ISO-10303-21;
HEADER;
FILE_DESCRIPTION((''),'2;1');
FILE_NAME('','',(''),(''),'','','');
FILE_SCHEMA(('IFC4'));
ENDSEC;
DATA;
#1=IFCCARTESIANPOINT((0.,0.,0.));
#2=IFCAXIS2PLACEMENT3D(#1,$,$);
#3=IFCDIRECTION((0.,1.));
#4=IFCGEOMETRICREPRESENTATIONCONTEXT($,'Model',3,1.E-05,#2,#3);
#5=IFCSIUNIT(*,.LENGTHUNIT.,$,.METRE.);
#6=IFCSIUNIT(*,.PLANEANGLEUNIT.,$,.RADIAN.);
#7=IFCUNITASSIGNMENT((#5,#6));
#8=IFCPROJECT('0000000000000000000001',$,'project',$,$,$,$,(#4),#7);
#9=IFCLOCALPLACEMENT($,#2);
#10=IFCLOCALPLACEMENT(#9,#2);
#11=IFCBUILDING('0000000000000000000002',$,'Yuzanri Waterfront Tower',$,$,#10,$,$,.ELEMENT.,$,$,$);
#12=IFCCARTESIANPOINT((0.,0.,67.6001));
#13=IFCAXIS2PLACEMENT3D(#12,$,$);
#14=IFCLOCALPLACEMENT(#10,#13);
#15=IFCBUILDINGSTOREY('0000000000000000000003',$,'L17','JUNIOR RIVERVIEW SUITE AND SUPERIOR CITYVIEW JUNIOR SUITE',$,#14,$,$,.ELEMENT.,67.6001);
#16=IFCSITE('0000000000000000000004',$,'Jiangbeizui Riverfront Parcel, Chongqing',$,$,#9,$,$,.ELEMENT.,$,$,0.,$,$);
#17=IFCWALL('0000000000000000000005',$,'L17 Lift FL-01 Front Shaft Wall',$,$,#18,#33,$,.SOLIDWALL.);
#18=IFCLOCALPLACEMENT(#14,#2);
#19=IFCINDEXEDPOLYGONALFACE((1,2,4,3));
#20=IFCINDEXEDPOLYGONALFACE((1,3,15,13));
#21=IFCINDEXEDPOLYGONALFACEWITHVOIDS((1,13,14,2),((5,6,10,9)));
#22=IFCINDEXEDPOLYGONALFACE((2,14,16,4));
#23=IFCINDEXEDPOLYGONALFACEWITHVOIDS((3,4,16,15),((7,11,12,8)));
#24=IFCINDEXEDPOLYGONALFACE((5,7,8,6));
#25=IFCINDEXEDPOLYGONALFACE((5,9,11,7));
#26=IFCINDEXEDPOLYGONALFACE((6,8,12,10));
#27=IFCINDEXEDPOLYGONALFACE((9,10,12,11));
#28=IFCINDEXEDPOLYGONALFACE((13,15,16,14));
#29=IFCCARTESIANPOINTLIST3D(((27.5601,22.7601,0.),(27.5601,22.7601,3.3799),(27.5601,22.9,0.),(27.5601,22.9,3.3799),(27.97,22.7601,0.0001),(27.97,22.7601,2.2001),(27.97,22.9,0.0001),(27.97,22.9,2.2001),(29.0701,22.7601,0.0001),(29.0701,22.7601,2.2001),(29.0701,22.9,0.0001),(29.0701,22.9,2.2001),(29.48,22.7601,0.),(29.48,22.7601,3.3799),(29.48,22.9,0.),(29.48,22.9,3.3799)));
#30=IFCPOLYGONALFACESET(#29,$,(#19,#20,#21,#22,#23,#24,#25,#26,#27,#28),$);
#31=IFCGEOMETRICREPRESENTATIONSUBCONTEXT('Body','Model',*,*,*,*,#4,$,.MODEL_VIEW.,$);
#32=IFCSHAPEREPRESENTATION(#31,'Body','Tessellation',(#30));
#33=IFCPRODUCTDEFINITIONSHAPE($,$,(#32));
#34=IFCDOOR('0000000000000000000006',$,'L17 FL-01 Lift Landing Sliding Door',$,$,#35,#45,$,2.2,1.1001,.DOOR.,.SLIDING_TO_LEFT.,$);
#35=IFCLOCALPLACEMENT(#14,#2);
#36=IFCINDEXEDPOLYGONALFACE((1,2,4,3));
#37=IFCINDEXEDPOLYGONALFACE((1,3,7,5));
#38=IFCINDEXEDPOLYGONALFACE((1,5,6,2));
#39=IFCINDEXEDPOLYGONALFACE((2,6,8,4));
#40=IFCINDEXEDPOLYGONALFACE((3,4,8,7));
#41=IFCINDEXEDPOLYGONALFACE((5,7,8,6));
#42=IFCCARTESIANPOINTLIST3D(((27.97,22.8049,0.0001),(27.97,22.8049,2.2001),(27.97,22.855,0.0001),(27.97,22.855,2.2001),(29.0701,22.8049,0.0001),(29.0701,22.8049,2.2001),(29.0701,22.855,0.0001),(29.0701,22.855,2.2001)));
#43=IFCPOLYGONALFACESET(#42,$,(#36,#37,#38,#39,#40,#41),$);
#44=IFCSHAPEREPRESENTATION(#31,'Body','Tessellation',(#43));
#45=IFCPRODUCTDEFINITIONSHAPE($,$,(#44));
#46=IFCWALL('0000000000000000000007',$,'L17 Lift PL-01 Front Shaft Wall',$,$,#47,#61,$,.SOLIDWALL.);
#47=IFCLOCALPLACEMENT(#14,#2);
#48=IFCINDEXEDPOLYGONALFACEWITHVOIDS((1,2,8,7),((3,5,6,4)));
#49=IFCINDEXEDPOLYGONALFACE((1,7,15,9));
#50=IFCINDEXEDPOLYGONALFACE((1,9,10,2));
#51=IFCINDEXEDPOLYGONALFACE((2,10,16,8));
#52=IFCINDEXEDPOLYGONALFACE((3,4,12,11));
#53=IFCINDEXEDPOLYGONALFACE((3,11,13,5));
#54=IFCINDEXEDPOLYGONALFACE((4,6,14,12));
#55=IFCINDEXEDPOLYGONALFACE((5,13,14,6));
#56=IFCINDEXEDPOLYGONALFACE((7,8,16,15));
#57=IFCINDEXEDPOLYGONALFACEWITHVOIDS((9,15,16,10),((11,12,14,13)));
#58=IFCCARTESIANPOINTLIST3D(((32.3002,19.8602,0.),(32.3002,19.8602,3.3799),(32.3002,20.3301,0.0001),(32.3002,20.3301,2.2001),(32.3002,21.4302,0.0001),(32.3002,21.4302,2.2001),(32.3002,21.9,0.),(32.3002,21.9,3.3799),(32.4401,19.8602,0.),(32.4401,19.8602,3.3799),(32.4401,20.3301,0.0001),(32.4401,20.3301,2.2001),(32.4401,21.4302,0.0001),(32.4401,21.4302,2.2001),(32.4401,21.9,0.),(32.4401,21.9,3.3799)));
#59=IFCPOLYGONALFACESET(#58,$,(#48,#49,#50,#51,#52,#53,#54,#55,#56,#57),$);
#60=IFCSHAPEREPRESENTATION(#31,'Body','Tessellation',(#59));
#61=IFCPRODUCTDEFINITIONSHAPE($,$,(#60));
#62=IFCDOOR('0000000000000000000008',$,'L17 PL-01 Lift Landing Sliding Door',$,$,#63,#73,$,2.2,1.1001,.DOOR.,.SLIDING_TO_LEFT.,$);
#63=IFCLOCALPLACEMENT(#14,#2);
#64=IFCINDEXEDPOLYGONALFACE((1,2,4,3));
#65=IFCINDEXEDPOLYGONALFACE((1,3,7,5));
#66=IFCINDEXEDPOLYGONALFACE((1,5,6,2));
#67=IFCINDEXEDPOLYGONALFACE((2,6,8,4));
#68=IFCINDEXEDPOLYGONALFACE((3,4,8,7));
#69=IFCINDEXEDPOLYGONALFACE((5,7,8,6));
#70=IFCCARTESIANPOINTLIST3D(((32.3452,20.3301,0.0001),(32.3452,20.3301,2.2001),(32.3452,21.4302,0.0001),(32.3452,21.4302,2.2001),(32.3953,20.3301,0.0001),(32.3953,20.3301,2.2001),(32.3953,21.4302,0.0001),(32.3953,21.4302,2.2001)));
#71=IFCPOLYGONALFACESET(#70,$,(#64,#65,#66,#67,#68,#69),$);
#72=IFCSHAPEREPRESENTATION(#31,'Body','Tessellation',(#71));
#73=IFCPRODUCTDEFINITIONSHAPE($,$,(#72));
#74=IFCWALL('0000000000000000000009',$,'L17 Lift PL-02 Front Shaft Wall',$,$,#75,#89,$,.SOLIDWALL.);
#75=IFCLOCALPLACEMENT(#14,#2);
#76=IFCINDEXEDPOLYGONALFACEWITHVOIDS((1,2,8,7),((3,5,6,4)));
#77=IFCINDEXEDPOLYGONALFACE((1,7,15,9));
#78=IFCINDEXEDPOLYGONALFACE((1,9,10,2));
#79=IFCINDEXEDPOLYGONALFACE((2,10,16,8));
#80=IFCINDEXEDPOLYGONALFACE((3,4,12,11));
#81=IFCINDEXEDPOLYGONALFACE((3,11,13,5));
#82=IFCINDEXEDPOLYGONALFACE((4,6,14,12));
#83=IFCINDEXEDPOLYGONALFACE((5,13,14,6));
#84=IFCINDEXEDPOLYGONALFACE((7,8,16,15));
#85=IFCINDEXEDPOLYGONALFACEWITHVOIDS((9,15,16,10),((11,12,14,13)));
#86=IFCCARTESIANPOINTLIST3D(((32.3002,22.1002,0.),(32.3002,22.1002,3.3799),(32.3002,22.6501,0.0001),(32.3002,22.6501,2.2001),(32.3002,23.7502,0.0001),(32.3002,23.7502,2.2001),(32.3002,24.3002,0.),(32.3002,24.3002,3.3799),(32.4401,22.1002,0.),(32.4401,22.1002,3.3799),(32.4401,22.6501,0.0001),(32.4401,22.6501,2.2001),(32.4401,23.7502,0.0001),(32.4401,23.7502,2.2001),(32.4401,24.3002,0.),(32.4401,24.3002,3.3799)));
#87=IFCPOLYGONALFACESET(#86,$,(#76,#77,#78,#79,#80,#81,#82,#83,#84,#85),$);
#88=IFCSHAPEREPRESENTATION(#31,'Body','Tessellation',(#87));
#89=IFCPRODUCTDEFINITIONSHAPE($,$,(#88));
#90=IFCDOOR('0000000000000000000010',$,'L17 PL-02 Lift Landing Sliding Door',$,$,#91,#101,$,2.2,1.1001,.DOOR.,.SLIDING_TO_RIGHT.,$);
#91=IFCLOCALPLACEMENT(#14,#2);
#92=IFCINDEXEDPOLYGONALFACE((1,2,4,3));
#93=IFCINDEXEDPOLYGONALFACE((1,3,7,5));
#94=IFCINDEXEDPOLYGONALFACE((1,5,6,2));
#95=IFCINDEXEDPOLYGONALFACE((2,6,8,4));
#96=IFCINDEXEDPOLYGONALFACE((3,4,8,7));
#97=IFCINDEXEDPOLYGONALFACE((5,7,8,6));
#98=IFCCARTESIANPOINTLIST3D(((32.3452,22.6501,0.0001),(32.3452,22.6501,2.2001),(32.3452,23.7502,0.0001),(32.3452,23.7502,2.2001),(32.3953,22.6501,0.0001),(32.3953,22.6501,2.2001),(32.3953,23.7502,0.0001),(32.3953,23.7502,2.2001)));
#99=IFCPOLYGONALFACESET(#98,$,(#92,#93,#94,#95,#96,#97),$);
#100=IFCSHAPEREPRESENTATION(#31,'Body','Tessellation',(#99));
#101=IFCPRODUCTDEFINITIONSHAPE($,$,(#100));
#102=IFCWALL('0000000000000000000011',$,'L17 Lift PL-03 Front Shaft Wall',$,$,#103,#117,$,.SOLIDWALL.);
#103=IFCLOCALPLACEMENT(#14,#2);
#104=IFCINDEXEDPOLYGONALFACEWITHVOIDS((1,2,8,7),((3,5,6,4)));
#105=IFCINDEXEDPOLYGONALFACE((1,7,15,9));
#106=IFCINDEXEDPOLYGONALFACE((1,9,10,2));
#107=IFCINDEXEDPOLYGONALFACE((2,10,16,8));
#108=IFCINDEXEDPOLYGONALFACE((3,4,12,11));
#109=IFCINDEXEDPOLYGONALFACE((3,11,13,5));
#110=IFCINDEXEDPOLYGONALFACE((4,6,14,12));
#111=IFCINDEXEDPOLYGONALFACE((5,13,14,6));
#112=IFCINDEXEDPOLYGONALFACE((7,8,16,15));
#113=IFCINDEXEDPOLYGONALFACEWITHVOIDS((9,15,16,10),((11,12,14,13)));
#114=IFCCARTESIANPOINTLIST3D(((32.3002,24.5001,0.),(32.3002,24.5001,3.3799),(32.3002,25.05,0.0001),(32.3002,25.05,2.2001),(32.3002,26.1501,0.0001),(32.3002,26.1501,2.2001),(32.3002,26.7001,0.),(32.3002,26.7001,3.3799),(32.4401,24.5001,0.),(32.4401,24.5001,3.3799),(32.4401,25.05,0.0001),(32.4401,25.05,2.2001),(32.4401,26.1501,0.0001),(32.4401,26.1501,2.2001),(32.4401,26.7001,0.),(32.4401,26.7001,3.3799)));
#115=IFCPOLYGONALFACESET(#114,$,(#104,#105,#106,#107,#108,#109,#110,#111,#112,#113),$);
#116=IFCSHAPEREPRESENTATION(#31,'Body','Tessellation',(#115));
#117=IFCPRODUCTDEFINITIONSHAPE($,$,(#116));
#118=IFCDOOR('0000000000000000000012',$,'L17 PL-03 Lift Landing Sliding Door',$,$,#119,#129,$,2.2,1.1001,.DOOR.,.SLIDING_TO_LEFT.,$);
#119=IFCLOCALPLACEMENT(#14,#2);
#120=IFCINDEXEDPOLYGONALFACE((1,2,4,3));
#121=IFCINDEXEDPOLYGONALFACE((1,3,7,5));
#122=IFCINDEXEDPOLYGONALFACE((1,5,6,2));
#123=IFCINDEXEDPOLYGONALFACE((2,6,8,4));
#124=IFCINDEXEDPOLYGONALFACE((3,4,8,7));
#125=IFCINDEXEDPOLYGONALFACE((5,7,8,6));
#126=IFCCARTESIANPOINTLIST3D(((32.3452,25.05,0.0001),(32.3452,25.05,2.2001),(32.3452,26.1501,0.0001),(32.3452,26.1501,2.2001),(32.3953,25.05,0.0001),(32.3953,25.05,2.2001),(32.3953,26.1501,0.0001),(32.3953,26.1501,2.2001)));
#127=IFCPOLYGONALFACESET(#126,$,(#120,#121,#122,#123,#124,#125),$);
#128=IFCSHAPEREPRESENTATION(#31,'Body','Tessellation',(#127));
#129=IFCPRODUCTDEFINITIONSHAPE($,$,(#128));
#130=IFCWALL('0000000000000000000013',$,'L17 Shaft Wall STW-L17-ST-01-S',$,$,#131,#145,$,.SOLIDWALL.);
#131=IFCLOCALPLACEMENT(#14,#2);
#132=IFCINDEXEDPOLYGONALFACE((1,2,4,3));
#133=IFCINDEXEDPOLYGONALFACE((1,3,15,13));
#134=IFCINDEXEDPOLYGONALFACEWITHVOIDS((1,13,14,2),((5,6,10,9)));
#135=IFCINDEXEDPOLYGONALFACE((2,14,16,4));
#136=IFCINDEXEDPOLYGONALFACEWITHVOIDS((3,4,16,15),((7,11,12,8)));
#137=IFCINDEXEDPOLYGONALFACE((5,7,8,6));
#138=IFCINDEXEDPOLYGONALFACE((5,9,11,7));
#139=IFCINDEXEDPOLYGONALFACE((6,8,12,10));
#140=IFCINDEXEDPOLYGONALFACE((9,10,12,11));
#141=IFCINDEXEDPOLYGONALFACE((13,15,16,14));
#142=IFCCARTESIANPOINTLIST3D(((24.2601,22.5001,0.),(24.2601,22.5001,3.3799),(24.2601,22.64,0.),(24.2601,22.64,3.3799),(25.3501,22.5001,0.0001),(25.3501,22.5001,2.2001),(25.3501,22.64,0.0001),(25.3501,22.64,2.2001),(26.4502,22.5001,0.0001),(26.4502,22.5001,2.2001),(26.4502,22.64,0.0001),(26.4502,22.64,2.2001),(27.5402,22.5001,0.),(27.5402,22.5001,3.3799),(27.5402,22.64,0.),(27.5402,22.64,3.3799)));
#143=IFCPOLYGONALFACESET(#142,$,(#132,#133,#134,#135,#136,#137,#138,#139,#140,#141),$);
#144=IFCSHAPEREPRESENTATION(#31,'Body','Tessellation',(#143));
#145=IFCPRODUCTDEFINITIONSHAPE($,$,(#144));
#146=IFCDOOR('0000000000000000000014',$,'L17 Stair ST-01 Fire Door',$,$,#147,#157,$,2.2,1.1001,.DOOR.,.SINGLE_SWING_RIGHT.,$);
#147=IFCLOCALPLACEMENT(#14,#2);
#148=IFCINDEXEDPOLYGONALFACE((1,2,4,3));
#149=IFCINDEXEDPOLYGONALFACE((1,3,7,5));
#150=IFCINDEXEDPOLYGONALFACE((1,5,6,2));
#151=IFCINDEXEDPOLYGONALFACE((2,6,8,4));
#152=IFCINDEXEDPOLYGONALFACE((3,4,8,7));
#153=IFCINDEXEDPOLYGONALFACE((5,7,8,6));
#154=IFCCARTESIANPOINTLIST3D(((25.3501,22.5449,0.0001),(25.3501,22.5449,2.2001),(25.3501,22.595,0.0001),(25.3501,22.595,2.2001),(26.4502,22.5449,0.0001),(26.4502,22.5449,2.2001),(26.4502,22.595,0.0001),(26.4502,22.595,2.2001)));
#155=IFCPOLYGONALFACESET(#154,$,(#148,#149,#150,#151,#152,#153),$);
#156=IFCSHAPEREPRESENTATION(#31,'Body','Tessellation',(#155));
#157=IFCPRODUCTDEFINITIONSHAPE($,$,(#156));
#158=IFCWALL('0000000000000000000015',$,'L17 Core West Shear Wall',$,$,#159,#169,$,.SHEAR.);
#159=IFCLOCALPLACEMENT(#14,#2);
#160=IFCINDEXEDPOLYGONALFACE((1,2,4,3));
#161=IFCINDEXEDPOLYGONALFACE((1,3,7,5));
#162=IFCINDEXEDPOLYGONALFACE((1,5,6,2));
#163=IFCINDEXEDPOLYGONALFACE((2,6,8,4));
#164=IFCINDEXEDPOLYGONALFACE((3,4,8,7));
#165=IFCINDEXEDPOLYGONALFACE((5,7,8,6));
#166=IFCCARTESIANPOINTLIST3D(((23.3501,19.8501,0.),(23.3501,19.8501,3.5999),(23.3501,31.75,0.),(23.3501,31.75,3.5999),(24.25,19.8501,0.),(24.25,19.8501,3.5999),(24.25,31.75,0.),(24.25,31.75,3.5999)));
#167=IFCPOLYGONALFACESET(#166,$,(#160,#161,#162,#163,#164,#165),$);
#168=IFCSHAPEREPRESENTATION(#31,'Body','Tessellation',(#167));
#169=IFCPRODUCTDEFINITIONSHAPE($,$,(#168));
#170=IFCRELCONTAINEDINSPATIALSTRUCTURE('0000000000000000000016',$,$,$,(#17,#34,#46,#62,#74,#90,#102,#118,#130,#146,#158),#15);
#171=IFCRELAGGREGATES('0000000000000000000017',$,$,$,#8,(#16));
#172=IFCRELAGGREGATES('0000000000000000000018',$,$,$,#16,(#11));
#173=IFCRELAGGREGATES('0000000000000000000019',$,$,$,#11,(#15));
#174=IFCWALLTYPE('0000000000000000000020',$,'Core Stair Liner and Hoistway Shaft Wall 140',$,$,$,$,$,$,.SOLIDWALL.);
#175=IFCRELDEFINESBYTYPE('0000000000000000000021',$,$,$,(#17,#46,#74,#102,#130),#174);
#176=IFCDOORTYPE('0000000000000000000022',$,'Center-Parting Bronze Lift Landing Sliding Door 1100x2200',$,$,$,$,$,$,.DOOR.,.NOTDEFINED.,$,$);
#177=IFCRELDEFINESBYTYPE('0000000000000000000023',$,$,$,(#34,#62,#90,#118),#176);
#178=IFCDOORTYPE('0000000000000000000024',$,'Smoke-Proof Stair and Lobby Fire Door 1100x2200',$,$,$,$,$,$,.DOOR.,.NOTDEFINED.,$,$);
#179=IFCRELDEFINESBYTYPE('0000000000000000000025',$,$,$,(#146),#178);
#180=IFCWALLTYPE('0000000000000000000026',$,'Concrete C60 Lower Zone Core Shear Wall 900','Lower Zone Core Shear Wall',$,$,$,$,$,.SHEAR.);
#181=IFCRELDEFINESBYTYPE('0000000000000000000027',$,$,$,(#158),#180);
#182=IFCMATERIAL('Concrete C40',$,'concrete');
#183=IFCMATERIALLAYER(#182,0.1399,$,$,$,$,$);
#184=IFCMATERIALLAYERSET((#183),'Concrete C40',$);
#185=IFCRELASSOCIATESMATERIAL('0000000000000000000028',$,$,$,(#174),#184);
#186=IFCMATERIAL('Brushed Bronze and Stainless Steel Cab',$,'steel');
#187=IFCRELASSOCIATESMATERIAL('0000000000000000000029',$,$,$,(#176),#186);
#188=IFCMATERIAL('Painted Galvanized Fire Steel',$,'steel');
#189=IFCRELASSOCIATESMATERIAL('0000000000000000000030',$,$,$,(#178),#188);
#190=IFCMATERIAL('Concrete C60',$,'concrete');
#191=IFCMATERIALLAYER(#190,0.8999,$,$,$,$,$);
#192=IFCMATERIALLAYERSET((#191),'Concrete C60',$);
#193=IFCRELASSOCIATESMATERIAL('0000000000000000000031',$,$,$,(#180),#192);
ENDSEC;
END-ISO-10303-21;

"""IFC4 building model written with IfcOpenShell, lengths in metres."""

from ifc_helpers import new_model, si_unit, direction, frame, frame_2d, origin, place, context, subcontext, project, spatial, rectangle, extrude, source, transform, mapped, material, layer, layer_set, type_object, element, fill, save


model = new_model("IFC4")

# Units and contexts
model_context = context("Model", 3, precision=1e-05, world=origin(), true_north=direction((0.0, 1.0)))
body_context = subcontext(model_context, "Body", "Model", "MODEL_VIEW")
ifc_project = project(units=[si_unit("LENGTHUNIT", "METRE"), si_unit("PLANEANGLEUNIT", "RADIAN")], contexts=[model_context])

# Site, building, storey
site_placement = place(None, origin())
site = spatial("IfcSite", under=ifc_project, at=site_placement, Name="Jiangbeizui Riverfront Parcel, Chongqing", CompositionType="ELEMENT", RefElevation=0.0)
building_placement = place(site_placement, origin())
building = spatial("IfcBuilding", under=site, at=building_placement, Name="Yuzanri Waterfront Tower", CompositionType="ELEMENT")
storey_placement = place(building_placement, frame((0.0, 0.0, 67.6001)))
storey = spatial("IfcBuildingStorey", under=building, at=storey_placement, Name="L17", Description="JUNIOR RIVERVIEW SUITE AND SUPERIOR CITYVIEW JUNIOR SUITE", CompositionType="ELEMENT", Elevation=67.6001)

# Walls, openings, doors
ifc_material_1 = material(Name="Concrete C40", Category="concrete")
ifc_layer_1 = layer(ifc_material_1, 0.1399)
ifc_layer_set_1 = layer_set([ifc_layer_1], Name="Concrete C40")
wall_type_1 = type_object("IfcWallType", Name="Core Stair Liner and Hoistway Shaft Wall 140", PredefinedType="SOLIDWALL", material=ifc_layer_set_1)
wall_1_placement = place(storey_placement, frame((27.5601, 22.8301, 0.0), z_axis=(0.0, 0.0, 1.0), x_axis=(1.0, 0.0, 0.0)))
wall_1 = element("IfcWall", 1, at=wall_1_placement, inside=storey, type_object=wall_type_1, Name="L17 Lift FL-01 Front Shaft Wall", PredefinedType="SOLIDWALL", context=body_context, shape_type="SweptSolid", body=[
    extrude(rectangle(XDim=1.9199, YDim=0.1399, at=frame_2d((0.96, 0.0))), origin(), (0.0, 0.0, 1.0), 3.3799),
])
opening_1_placement = place(wall_1_placement, frame((0.4099, 0.0, 0.0)))
opening_1 = element("IfcOpeningElement", 2, at=opening_1_placement, cuts=wall_1, PredefinedType="OPENING", context=body_context, shape_type="SweptSolid", body=[
    extrude(rectangle(XDim=1.1001, YDim=2.2, at=frame_2d((0.55, 1.1001))), frame((0.0, 0.085, 0.0), z_axis=(0.0, -1.0, 0.0), x_axis=(1.0, 0.0, 0.0)), (0.0, 0.0, 1.0), 0.1697),
])
ifc_material_2 = material(Name="Brushed Bronze and Stainless Steel Cab", Category="steel")
door_type_1 = type_object("IfcDoorType", Name="Center-Parting Bronze Lift Landing Sliding Door 1100x2200", OperationType="NOTDEFINED", PredefinedType="DOOR", material=ifc_material_2)
shared_shape_1 = source(origin(), body_context, "Body", "SweptSolid", [
    extrude(rectangle(XDim=1.1001, YDim=2.2, at=frame_2d((0.55, 1.1001))), frame((0.0, 0.0249, 0.0), z_axis=(0.0, -1.0, 0.0), x_axis=(1.0, 0.0, 0.0)), (0.0, 0.0, 1.0), 0.05),
])
door_1_placement = place(opening_1_placement, origin())
door_1 = element("IfcDoor", 3, at=door_1_placement, inside=storey, type_object=door_type_1, Name="L17 FL-01 Lift Landing Sliding Door", OperationType="SLIDING_TO_LEFT", OverallHeight=2.2, OverallWidth=1.1001, PredefinedType="DOOR", context=body_context, shape_type="MappedRepresentation", body=[
    mapped(shared_shape_1, transform((0.0, 0.0, 0.0), scale=1.0)),
])
fill(opening_1, door_1)
wall_2_placement = place(storey_placement, frame((32.3701, 19.8601, 0.0), z_axis=(0.0, 0.0, 1.0), x_axis=(0.0, 1.0, 0.0)))
wall_2 = element("IfcWall", 4, at=wall_2_placement, inside=storey, type_object=wall_type_1, Name="L17 Lift PL-01 Front Shaft Wall", PredefinedType="SOLIDWALL", context=body_context, shape_type="SweptSolid", body=[
    extrude(rectangle(XDim=2.0398, YDim=0.1399, at=frame_2d((1.02, 0.0))), origin(), (0.0, 0.0, 1.0), 3.3799),
])
opening_2_placement = place(wall_2_placement, frame((0.47, 0.0, 0.0)))
opening_2 = element("IfcOpeningElement", 5, at=opening_2_placement, cuts=wall_2, PredefinedType="OPENING", context=body_context, shape_type="SweptSolid", body=[
    extrude(rectangle(XDim=1.1001, YDim=2.2, at=frame_2d((0.55, 1.1001))), frame((0.0, 0.085, 0.0), z_axis=(0.0, -1.0, 0.0), x_axis=(1.0, 0.0, 0.0)), (0.0, 0.0, 1.0), 0.1697),
])
door_2_placement = place(opening_2_placement, origin())
door_2 = element("IfcDoor", 6, at=door_2_placement, inside=storey, type_object=door_type_1, Name="L17 PL-01 Lift Landing Sliding Door", OperationType="SLIDING_TO_LEFT", OverallHeight=2.2, OverallWidth=1.1001, PredefinedType="DOOR", context=body_context, shape_type="MappedRepresentation", body=[
    mapped(shared_shape_1, transform((0.0, 0.0, 0.0), scale=1.0)),
])
fill(opening_2, door_2)
wall_3_placement = place(storey_placement, frame((32.3701, 22.1001, 0.0), z_axis=(0.0, 0.0, 1.0), x_axis=(0.0, 1.0, 0.0)))
wall_3 = element("IfcWall", 7, at=wall_3_placement, inside=storey, type_object=wall_type_1, Name="L17 Lift PL-02 Front Shaft Wall", PredefinedType="SOLIDWALL", context=body_context, shape_type="SweptSolid", body=[
    extrude(rectangle(XDim=2.2, YDim=0.1399, at=frame_2d((1.1001, 0.0))), origin(), (0.0, 0.0, 1.0), 3.3799),
])
opening_3_placement = place(wall_3_placement, frame((0.55, 0.0, 0.0)))
opening_3 = element("IfcOpeningElement", 8, at=opening_3_placement, cuts=wall_3, PredefinedType="OPENING", context=body_context, shape_type="SweptSolid", body=[
    extrude(rectangle(XDim=1.1001, YDim=2.2, at=frame_2d((0.55, 1.1001))), frame((0.0, 0.085, 0.0), z_axis=(0.0, -1.0, 0.0), x_axis=(1.0, 0.0, 0.0)), (0.0, 0.0, 1.0), 0.1697),
])
door_3_placement = place(opening_3_placement, origin())
door_3 = element("IfcDoor", 9, at=door_3_placement, inside=storey, type_object=door_type_1, Name="L17 PL-02 Lift Landing Sliding Door", OperationType="SLIDING_TO_RIGHT", OverallHeight=2.2, OverallWidth=1.1001, PredefinedType="DOOR", context=body_context, shape_type="MappedRepresentation", body=[
    mapped(shared_shape_1, transform((0.0, 0.0, 0.0), scale=1.0)),
])
fill(opening_3, door_3)
wall_4_placement = place(storey_placement, frame((32.3701, 24.5, 0.0), z_axis=(0.0, 0.0, 1.0), x_axis=(0.0, 1.0, 0.0)))
wall_4 = element("IfcWall", 10, at=wall_4_placement, inside=storey, type_object=wall_type_1, Name="L17 Lift PL-03 Front Shaft Wall", PredefinedType="SOLIDWALL", context=body_context, shape_type="SweptSolid", body=[
    extrude(rectangle(XDim=2.2, YDim=0.1399, at=frame_2d((1.1001, 0.0))), origin(), (0.0, 0.0, 1.0), 3.3799),
])
opening_4_placement = place(wall_4_placement, frame((0.55, 0.0, 0.0)))
opening_4 = element("IfcOpeningElement", 11, at=opening_4_placement, cuts=wall_4, PredefinedType="OPENING", context=body_context, shape_type="SweptSolid", body=[
    extrude(rectangle(XDim=1.1001, YDim=2.2, at=frame_2d((0.55, 1.1001))), frame((0.0, 0.085, 0.0), z_axis=(0.0, -1.0, 0.0), x_axis=(1.0, 0.0, 0.0)), (0.0, 0.0, 1.0), 0.1697),
])
door_4_placement = place(opening_4_placement, origin())
door_4 = element("IfcDoor", 12, at=door_4_placement, inside=storey, type_object=door_type_1, Name="L17 PL-03 Lift Landing Sliding Door", OperationType="SLIDING_TO_LEFT", OverallHeight=2.2, OverallWidth=1.1001, PredefinedType="DOOR", context=body_context, shape_type="MappedRepresentation", body=[
    mapped(shared_shape_1, transform((0.0, 0.0, 0.0), scale=1.0)),
])
fill(opening_4, door_4)
wall_5_placement = place(storey_placement, frame((24.26, 22.5701, 0.0), z_axis=(0.0, 0.0, 1.0), x_axis=(1.0, 0.0, 0.0)))
wall_5 = element("IfcWall", 13, at=wall_5_placement, inside=storey, type_object=wall_type_1, Name="L17 Shaft Wall STW-L17-ST-01-S", PredefinedType="SOLIDWALL", context=body_context, shape_type="SweptSolid", body=[
    extrude(rectangle(XDim=3.28, YDim=0.1399, at=frame_2d((1.6401, 0.0))), origin(), (0.0, 0.0, 1.0), 3.3799),
])
opening_5_placement = place(wall_5_placement, frame((1.0901, 0.0, 0.0)))
opening_5 = element("IfcOpeningElement", 14, at=opening_5_placement, cuts=wall_5, PredefinedType="OPENING", context=body_context, shape_type="SweptSolid", body=[
    extrude(rectangle(XDim=1.1001, YDim=2.2, at=frame_2d((0.55, 1.1001))), frame((0.0, 0.085, 0.0), z_axis=(0.0, -1.0, 0.0), x_axis=(1.0, 0.0, 0.0)), (0.0, 0.0, 1.0), 0.1697),
])
ifc_material_3 = material(Name="Painted Galvanized Fire Steel", Category="steel")
door_type_2 = type_object("IfcDoorType", Name="Smoke-Proof Stair and Lobby Fire Door 1100x2200", OperationType="NOTDEFINED", PredefinedType="DOOR", material=ifc_material_3)
shared_shape_2 = source(origin(), body_context, "Body", "SweptSolid", [
    extrude(rectangle(XDim=1.1001, YDim=2.2, at=frame_2d((0.55, 1.1001))), frame((0.0, 0.0249, 0.0), z_axis=(0.0, -1.0, 0.0), x_axis=(1.0, 0.0, 0.0)), (0.0, 0.0, 1.0), 0.05),
])
door_5_placement = place(opening_5_placement, origin())
door_5 = element("IfcDoor", 15, at=door_5_placement, inside=storey, type_object=door_type_2, Name="L17 Stair ST-01 Fire Door", OperationType="SINGLE_SWING_RIGHT", OverallHeight=2.2, OverallWidth=1.1001, PredefinedType="DOOR", context=body_context, shape_type="MappedRepresentation", body=[
    mapped(shared_shape_2, transform((0.0, 0.0, 0.0), scale=1.0)),
])
fill(opening_5, door_5)

# Wall
ifc_material_4 = material(Name="Concrete C60", Category="concrete")
ifc_layer_2 = layer(ifc_material_4, 0.8999)
ifc_layer_set_2 = layer_set([ifc_layer_2], Name="Concrete C60")
wall_type_2 = type_object("IfcWallType", Name="Concrete C60 Lower Zone Core Shear Wall 900", Description="Lower Zone Core Shear Wall", PredefinedType="SHEAR", material=ifc_layer_set_2)
shared_shape_3 = source(origin(), body_context, "Body", "SweptSolid", [
    extrude(rectangle(XDim=11.8999, YDim=0.8999, at=frame_2d((5.95, 0.0))), origin(), (0.0, 0.0, 1.0), 3.5999),
])
wall_6_placement = place(storey_placement, frame((23.8, 19.8501, 0.0), z_axis=(0.0, 0.0, 1.0), x_axis=(0.0, 1.0, 0.0)))
element("IfcWall", 16, at=wall_6_placement, inside=storey, type_object=wall_type_2, Name="L17 Core West Shear Wall", PredefinedType="SHEAR", context=body_context, shape_type="MappedRepresentation", body=[
    mapped(shared_shape_3, transform((0.0, 0.0, 0.0), scale=1.0)),
])

save(model, "model.ifc")
